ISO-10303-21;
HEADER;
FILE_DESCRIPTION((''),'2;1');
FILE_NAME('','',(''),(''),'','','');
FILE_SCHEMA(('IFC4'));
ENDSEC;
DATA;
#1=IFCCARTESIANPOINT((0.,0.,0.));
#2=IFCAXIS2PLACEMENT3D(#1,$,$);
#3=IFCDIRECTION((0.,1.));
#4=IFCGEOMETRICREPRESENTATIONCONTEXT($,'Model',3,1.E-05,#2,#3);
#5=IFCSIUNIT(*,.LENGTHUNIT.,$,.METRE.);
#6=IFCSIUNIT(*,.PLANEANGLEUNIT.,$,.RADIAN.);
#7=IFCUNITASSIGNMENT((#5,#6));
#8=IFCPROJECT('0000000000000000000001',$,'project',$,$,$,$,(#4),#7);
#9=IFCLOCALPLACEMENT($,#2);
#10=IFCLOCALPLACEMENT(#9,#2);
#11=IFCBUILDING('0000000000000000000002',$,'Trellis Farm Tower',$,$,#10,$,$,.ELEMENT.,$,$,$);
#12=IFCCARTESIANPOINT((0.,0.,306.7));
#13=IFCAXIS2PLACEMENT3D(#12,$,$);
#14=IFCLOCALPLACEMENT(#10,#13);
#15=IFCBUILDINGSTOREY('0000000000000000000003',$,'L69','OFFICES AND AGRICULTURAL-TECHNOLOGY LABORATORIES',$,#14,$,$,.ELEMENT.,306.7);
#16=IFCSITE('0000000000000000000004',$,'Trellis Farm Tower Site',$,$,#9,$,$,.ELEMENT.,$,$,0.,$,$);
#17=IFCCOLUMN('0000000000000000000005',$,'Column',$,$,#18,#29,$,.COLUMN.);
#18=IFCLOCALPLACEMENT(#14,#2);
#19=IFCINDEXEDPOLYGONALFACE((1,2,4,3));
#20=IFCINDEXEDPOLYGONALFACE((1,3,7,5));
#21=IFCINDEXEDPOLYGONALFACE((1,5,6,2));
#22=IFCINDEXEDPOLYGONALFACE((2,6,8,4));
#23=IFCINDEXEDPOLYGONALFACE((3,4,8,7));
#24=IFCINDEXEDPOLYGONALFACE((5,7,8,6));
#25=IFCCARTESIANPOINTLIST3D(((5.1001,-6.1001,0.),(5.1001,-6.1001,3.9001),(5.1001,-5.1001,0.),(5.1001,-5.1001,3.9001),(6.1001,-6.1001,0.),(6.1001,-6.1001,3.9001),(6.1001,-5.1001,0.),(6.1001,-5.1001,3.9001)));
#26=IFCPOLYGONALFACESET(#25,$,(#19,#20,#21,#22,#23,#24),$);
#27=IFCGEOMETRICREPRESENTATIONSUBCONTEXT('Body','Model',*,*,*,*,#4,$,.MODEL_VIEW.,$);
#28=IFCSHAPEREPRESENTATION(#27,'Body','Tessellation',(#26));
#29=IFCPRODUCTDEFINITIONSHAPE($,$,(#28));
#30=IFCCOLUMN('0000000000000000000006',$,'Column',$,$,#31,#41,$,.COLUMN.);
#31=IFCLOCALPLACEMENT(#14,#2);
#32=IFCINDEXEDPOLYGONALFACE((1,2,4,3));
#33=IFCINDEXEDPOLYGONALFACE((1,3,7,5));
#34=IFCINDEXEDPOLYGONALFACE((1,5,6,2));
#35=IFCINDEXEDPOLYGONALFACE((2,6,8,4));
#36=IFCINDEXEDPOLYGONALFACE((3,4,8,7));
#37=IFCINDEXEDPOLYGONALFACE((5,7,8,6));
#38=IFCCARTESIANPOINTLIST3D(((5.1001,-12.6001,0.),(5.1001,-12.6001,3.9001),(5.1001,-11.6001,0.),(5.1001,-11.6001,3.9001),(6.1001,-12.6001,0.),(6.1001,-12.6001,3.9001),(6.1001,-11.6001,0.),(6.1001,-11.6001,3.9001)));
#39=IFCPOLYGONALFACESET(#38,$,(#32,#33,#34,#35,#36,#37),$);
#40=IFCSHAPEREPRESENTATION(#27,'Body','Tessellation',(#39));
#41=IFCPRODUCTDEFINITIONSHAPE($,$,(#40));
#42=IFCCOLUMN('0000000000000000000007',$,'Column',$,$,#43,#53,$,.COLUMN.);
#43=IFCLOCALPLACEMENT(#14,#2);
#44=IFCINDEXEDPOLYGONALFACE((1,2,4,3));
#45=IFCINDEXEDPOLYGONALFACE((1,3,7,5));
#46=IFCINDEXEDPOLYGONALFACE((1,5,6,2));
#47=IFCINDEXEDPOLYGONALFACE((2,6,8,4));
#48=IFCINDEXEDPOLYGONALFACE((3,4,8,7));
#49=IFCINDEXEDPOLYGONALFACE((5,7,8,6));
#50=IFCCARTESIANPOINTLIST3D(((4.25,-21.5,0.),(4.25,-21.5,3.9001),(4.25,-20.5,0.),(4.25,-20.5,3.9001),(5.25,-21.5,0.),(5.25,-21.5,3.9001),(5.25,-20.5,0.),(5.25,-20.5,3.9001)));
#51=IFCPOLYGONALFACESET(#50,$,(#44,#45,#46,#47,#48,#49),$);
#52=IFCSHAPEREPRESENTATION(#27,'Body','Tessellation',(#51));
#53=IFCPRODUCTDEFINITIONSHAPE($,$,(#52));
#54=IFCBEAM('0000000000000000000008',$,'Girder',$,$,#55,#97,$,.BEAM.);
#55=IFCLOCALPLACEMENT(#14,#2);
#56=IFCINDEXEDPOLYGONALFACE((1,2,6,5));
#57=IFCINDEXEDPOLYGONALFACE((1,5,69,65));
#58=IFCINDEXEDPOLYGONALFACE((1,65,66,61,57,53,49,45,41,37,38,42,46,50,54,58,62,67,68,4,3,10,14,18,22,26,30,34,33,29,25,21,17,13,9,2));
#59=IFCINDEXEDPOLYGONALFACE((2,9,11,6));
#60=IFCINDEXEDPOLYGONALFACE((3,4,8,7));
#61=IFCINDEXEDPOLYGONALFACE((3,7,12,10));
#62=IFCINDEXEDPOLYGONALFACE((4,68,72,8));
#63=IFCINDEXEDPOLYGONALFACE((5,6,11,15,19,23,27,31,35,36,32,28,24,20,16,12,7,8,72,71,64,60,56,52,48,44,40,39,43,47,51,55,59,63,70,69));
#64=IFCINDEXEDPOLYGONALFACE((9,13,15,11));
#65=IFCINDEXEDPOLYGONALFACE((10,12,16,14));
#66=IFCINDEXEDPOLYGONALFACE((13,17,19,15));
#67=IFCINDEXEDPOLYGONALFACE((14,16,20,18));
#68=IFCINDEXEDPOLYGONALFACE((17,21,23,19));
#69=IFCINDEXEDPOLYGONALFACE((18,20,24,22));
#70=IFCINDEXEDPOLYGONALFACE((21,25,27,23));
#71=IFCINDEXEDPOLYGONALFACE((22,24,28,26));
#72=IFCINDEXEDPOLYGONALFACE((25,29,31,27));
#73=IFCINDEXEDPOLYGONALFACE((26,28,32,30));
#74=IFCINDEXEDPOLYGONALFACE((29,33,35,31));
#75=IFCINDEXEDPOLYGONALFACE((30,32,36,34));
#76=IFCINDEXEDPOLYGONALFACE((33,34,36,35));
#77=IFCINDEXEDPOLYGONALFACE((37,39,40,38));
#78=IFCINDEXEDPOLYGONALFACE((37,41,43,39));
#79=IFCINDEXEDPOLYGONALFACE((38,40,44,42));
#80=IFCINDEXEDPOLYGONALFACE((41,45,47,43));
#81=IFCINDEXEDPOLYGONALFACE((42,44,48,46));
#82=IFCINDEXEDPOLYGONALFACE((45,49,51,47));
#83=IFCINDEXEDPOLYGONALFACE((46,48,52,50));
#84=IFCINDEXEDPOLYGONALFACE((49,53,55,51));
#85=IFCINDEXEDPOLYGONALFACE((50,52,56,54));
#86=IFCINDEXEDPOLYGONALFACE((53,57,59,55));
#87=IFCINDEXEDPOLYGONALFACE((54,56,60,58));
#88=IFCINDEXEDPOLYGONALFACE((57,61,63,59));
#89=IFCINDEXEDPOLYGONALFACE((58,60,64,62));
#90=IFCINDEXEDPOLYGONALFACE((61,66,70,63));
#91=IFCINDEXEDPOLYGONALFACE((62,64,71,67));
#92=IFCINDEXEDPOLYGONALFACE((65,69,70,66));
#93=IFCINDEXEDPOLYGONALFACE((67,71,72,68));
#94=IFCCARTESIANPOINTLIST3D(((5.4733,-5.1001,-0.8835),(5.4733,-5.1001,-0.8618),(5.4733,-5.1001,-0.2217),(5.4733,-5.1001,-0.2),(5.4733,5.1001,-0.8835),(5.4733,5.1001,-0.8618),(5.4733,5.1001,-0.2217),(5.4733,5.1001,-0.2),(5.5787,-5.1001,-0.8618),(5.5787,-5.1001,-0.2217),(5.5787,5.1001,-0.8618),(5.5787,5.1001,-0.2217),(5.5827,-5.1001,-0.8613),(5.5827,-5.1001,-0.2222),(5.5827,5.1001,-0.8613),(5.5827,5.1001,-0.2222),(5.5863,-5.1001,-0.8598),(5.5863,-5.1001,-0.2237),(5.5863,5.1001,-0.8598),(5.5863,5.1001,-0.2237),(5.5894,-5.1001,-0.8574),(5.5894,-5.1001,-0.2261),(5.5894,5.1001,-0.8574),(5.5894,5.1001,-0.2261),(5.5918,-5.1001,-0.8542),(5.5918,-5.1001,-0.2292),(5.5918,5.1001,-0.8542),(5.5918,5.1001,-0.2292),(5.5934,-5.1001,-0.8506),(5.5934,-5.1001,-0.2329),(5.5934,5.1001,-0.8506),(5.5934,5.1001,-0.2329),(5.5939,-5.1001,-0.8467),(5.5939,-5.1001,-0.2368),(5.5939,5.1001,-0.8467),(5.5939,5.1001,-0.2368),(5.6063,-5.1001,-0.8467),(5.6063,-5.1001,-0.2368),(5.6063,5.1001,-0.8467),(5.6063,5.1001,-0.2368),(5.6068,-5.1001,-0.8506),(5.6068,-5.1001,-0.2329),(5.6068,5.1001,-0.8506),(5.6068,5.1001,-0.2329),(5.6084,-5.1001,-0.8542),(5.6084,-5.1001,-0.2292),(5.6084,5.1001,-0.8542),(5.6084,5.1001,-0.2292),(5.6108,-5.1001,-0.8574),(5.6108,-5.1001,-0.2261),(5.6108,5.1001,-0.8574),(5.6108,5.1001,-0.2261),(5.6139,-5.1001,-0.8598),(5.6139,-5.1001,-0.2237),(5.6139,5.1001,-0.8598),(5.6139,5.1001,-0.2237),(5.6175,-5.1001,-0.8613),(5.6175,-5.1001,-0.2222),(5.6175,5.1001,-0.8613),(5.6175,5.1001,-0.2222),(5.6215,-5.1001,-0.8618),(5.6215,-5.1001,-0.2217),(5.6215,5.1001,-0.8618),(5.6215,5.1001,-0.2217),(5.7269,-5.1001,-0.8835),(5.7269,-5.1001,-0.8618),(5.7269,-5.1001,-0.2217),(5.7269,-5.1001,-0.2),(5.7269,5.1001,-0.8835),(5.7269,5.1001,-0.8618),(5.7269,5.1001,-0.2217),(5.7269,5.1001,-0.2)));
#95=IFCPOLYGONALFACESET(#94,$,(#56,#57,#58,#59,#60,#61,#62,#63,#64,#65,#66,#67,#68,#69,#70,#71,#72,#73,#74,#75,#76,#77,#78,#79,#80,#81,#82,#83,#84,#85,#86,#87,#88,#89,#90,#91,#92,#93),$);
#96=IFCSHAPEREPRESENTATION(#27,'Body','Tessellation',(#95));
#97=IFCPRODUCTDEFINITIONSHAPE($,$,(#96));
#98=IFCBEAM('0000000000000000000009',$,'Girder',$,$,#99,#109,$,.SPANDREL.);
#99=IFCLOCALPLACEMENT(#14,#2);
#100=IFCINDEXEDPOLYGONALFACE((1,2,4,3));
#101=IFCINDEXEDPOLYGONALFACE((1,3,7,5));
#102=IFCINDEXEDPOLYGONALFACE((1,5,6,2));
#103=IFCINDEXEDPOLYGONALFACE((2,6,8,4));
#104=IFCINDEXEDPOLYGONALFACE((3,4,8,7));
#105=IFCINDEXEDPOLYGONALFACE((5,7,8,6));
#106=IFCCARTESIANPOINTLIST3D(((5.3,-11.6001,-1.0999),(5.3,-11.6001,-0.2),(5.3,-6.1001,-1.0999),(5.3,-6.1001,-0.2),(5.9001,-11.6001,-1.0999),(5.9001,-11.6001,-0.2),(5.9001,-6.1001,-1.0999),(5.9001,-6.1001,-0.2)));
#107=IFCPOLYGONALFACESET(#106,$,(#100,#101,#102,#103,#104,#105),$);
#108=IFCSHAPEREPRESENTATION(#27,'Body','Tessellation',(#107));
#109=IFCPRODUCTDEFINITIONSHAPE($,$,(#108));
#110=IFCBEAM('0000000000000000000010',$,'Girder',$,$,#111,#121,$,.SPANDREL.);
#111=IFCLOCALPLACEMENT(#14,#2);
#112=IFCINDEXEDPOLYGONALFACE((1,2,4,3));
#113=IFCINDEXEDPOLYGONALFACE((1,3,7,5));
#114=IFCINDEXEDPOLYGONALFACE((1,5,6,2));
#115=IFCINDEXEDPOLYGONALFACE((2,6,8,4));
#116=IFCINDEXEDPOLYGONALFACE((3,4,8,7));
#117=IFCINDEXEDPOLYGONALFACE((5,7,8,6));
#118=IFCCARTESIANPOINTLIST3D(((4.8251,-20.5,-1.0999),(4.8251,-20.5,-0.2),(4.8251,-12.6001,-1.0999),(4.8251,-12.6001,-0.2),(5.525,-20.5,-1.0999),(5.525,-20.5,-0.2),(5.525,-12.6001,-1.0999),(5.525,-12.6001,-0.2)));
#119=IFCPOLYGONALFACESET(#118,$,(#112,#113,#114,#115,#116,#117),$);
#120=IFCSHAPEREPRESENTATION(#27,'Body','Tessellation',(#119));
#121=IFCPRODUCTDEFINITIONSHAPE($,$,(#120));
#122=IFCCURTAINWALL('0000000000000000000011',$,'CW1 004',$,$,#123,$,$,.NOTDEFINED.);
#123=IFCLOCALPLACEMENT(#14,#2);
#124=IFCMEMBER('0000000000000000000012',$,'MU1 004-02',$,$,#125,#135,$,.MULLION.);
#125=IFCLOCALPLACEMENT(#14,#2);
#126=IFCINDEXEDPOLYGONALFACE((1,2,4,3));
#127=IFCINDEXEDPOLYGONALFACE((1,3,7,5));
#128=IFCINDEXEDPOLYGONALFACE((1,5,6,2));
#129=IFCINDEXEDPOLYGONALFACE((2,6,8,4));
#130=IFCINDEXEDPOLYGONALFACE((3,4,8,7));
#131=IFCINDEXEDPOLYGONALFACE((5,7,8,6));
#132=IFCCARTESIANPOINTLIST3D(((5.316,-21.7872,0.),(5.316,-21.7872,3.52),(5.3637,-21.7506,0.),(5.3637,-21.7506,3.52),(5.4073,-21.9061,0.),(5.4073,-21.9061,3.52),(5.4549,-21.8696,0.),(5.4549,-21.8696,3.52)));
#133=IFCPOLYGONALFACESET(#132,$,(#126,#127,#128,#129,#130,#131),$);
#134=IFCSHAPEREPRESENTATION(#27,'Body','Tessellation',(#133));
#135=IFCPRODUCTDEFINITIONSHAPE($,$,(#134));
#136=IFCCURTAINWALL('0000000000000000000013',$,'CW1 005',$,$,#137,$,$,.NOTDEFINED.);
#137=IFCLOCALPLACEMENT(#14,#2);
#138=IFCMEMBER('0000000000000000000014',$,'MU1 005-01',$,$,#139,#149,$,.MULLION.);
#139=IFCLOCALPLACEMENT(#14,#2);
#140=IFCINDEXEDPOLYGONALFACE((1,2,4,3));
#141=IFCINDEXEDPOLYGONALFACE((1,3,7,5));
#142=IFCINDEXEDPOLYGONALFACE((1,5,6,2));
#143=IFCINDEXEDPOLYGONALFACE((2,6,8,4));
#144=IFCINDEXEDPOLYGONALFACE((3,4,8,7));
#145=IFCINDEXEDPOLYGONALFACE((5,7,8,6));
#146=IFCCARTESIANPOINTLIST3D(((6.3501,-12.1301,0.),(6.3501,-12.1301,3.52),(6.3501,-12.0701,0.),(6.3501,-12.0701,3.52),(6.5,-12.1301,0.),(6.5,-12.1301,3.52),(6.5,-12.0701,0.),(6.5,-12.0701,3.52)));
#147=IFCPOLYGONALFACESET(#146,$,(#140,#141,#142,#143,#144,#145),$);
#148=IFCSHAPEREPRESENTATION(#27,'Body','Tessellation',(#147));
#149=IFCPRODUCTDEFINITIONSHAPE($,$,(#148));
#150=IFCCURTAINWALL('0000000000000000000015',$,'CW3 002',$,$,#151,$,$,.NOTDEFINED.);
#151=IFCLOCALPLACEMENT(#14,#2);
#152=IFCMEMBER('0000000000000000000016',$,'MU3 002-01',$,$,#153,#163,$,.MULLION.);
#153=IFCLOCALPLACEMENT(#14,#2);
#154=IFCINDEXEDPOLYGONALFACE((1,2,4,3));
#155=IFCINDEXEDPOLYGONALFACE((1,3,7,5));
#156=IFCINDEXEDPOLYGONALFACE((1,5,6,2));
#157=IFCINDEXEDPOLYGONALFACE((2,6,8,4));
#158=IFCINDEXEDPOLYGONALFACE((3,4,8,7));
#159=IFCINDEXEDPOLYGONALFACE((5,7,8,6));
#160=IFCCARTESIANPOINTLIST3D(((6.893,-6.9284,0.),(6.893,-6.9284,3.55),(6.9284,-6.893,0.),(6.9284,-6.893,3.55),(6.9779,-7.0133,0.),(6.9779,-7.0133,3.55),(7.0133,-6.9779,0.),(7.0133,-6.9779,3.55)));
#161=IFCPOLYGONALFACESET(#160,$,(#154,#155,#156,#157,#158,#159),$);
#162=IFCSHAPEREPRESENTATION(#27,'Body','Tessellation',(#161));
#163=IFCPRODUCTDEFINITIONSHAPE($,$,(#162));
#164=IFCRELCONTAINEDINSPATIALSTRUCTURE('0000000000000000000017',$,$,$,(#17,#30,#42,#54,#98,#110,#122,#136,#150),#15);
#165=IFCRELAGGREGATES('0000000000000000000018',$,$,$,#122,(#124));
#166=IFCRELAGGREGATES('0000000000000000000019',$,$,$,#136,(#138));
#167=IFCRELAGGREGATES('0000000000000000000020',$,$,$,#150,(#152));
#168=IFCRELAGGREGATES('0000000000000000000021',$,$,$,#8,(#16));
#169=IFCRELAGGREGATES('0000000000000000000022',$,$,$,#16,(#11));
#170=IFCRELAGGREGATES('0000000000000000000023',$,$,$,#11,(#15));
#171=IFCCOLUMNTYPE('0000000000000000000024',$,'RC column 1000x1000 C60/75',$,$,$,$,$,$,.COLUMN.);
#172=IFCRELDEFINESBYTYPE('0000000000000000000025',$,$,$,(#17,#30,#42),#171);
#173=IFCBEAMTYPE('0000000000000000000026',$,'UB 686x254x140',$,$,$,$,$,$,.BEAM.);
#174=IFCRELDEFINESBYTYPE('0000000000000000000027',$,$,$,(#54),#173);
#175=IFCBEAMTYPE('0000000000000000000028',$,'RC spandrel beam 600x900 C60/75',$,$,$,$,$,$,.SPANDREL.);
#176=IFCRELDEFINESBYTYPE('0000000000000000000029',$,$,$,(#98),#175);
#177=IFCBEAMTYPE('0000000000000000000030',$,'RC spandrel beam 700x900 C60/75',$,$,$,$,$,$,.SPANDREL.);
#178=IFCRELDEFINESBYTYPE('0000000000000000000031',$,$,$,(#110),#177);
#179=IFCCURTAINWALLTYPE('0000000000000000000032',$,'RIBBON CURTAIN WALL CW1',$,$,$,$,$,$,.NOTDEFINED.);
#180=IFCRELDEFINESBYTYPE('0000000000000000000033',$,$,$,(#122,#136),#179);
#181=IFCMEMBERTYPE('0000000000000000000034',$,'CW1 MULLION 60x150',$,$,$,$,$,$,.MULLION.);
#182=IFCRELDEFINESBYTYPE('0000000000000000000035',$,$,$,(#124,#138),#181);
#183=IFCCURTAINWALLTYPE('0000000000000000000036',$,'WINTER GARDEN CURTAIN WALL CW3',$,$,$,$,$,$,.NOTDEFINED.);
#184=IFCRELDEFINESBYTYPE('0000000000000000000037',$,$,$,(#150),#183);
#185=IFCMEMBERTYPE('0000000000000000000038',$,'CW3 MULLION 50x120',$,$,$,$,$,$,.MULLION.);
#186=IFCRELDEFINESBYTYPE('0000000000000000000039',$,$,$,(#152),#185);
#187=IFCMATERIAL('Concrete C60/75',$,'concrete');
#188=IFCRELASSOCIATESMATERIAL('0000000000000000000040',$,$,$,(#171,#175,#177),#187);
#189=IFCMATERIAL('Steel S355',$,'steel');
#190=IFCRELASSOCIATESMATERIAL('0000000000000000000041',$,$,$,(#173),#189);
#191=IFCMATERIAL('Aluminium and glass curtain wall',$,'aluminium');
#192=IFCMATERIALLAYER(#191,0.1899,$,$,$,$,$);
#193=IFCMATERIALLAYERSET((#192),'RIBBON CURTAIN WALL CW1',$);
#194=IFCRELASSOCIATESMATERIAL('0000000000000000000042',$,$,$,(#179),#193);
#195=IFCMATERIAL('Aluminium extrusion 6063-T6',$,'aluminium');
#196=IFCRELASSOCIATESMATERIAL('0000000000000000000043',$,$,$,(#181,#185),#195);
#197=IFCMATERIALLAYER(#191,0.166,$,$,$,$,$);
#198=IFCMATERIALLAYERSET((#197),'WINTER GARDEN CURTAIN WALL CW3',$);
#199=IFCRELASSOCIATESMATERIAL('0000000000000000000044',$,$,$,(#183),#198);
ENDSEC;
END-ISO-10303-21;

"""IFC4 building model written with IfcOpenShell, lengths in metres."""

from ifc_helpers import new_model, si_unit, direction, frame, origin, origin_2d, place, context, subcontext, project, spatial, rectangle, i_section, extrude, source, transform, mapped, material, layer, layer_set, material_profile, profile_set, type_object, element, aggregate, save


model = new_model("IFC4")

# Units and contexts
model_context = context("Model", 3, precision=1e-05, world=origin(), true_north=direction((0.0, 1.0)))
body_context = subcontext(model_context, "Body", "Model", "MODEL_VIEW")
ifc_project = project(units=[si_unit("LENGTHUNIT", "METRE"), si_unit("PLANEANGLEUNIT", "RADIAN")], contexts=[model_context])

# Site, building, storey
site_placement = place(None, origin())
site = spatial("IfcSite", under=ifc_project, at=site_placement, Name="Trellis Farm Tower Site", CompositionType="ELEMENT", RefElevation=0.0)
building_placement = place(site_placement, origin())
building = spatial("IfcBuilding", under=site, at=building_placement, Name="Trellis Farm Tower", CompositionType="ELEMENT")
storey_placement = place(building_placement, frame((0.0, 0.0, 306.7)))
storey = spatial("IfcBuildingStorey", under=building, at=storey_placement, Name="L69", Description="OFFICES AND AGRICULTURAL-TECHNOLOGY LABORATORIES", CompositionType="ELEMENT", Elevation=306.7)

# Columns
ifc_material_1 = material(Name="Concrete C60/75", Category="concrete")
ifc_material_profile_1 = material_profile(ifc_material_1, rectangle(XDim=1.0, YDim=1.0, at=origin_2d()), Name="RC column 1000x1000 C60/75")
ifc_profile_set_1 = profile_set([ifc_material_profile_1], Name="Concrete C60/75")
column_type = type_object("IfcColumnType", Name="RC column 1000x1000 C60/75", PredefinedType="COLUMN", material=ifc_profile_set_1)
shared_shape_1 = source(origin(), body_context, "Body", "SweptSolid", [
    extrude(rectangle(XDim=1.0, YDim=1.0, at=origin_2d()), origin(), (0.0, 0.0, 1.0), 3.9001),
])
for number, where, z_axis, x_axis, name in (
    (1, (5.6001, -5.6001, 0.0), (0.0, 0.0, 1.0), (1.0, 0.0, 0.0), "Column"),
    (2, (5.6001, -12.1001, 0.0), (0.0, 0.0, 1.0), (1.0, 0.0, 0.0), "Column"),
    (3, (4.75, -21.0, 0.0), (0.0, 0.0, 1.0), (1.0, 0.0, 0.0), "Column"),
):
    element("IfcColumn", number, at=place(storey_placement, frame(where, z_axis=z_axis, x_axis=x_axis)), inside=storey, type_object=column_type, Name=name, PredefinedType="COLUMN", context=body_context, shape_type="MappedRepresentation", body=[
        mapped(shared_shape_1, transform((0.0, 0.0, 0.0))),
    ])

# Beams
ifc_material_2 = material(Name="Steel S355", Category="steel")
ifc_material_profile_2 = material_profile(ifc_material_2, i_section(OverallWidth=0.2537, OverallDepth=0.6836, WebThickness=0.0125, FlangeThickness=0.0217, FilletRadius=0.0151, at=origin_2d()), Name="UB 686x254x140")
ifc_profile_set_2 = profile_set([ifc_material_profile_2], Name="Steel S355")
beam_type_1 = type_object("IfcBeamType", Name="UB 686x254x140", PredefinedType="BEAM", material=ifc_profile_set_2)
shared_shape_2 = source(origin(), body_context, "Body", "SweptSolid", [
    extrude(i_section(OverallWidth=0.2537, OverallDepth=0.6836, WebThickness=0.0125, FlangeThickness=0.0217, FilletRadius=0.0151, at=origin_2d()), origin(), (0.0, 0.0, 1.0), 10.2002),
])
beam_1_placement = place(storey_placement, frame((5.6001, -5.1001, -0.5417), z_axis=(0.0, 1.0, 0.0), x_axis=(-1.0, 0.0, 0.0)))
element("IfcBeam", 4, at=beam_1_placement, inside=storey, type_object=beam_type_1, Name="Girder", PredefinedType="BEAM", context=body_context, shape_type="MappedRepresentation", body=[
    mapped(shared_shape_2, transform((0.0, 0.0, 0.0))),
])
ifc_material_profile_3 = material_profile(ifc_material_1, rectangle(XDim=0.6001, YDim=0.8999, at=origin_2d()), Name="RC spandrel beam 600x900 C60/75")
ifc_profile_set_3 = profile_set([ifc_material_profile_3], Name="Concrete C60/75")
beam_type_2 = type_object("IfcBeamType", Name="RC spandrel beam 600x900 C60/75", PredefinedType="SPANDREL", material=ifc_profile_set_3)
shared_shape_3 = source(origin(), body_context, "Body", "SweptSolid", [
    extrude(rectangle(XDim=0.6001, YDim=0.8999, at=origin_2d()), origin(), (0.0, 0.0, 1.0), 5.5),
])
beam_2_placement = place(storey_placement, frame((5.6001, -11.6001, -0.6499), z_axis=(0.0, 1.0, 0.0), x_axis=(-1.0, 0.0, 0.0)))
element("IfcBeam", 5, at=beam_2_placement, inside=storey, type_object=beam_type_2, Name="Girder", PredefinedType="SPANDREL", context=body_context, shape_type="MappedRepresentation", body=[
    mapped(shared_shape_3, transform((0.0, 0.0, 0.0))),
])
ifc_material_profile_4 = material_profile(ifc_material_1, rectangle(XDim=0.7, YDim=0.8999, at=origin_2d()), Name="RC spandrel beam 700x900 C60/75")
ifc_profile_set_4 = profile_set([ifc_material_profile_4], Name="Concrete C60/75")
beam_type_3 = type_object("IfcBeamType", Name="RC spandrel beam 700x900 C60/75", PredefinedType="SPANDREL", material=ifc_profile_set_4)
shared_shape_4 = source(origin(), body_context, "Body", "SweptSolid", [
    extrude(rectangle(XDim=0.7, YDim=0.8999, at=origin_2d()), origin(), (0.0, 0.0, 1.0), 7.8999),
])
beam_3_placement = place(storey_placement, frame((5.175, -20.5, -0.6499), z_axis=(0.0, 1.0, 0.0), x_axis=(-1.0, 0.0, 0.0)))
element("IfcBeam", 6, at=beam_3_placement, inside=storey, type_object=beam_type_3, Name="Girder", PredefinedType="SPANDREL", context=body_context, shape_type="MappedRepresentation", body=[
    mapped(shared_shape_4, transform((0.0, 0.0, 0.0))),
])

# Curtain walls, members
ifc_material_3 = material(Name="Aluminium and glass curtain wall", Category="aluminium")
ifc_layer_1 = layer(ifc_material_3, 0.1899)
ifc_layer_set_1 = layer_set([ifc_layer_1], Name="RIBBON CURTAIN WALL CW1")
curtain_wall_type_1 = type_object("IfcCurtainWallType", Name="RIBBON CURTAIN WALL CW1", PredefinedType="NOTDEFINED", material=ifc_layer_set_1)
placement = place(storey_placement, origin())
curtain_wall_1 = element("IfcCurtainWall", 7, at=placement, inside=storey, type_object=curtain_wall_type_1, Name="CW1 004", PredefinedType="NOTDEFINED")
ifc_material_4 = material(Name="Aluminium extrusion 6063-T6", Category="aluminium")
ifc_material_profile_5 = material_profile(ifc_material_4, rectangle(XDim=0.0601, YDim=0.1499, at=origin_2d()), Name="MULLION 60x150")
ifc_profile_set_5 = profile_set([ifc_material_profile_5], Name="Aluminium extrusion 6063-T6")
member_type_1 = type_object("IfcMemberType", Name="CW1 MULLION 60x150", PredefinedType="MULLION", material=ifc_profile_set_5)
shared_shape_5 = source(origin(), body_context, "Body", "SweptSolid", [
    extrude(rectangle(XDim=0.0601, YDim=0.1499, at=origin_2d()), origin(), (0.0, 0.0, 1.0), 3.52),
])
member_1_placement = place(storey_placement, frame((5.3855, -21.8284, 0.0), z_axis=(0.0, 0.0, 1.0), x_axis=(0.793353, 0.608761, 0.0)))
member_1 = element("IfcMember", 8, at=member_1_placement, type_object=member_type_1, Name="MU1 004-02", PredefinedType="MULLION", context=body_context, shape_type="MappedRepresentation", body=[
    mapped(shared_shape_5, transform((0.0, 0.0, 0.0))),
])
aggregate(curtain_wall_1, [member_1])
curtain_wall_2 = element("IfcCurtainWall", 9, at=placement, inside=storey, type_object=curtain_wall_type_1, Name="CW1 005", PredefinedType="NOTDEFINED")
member_2_placement = place(storey_placement, frame((6.425, -12.1001, 0.0), z_axis=(0.0, 0.0, 1.0), x_axis=(0.0, 1.0, 0.0)))
member_2 = element("IfcMember", 10, at=member_2_placement, type_object=member_type_1, Name="MU1 005-01", PredefinedType="MULLION", context=body_context, shape_type="MappedRepresentation", body=[
    mapped(shared_shape_5, transform((0.0, 0.0, 0.0))),
])
aggregate(curtain_wall_2, [member_2])
ifc_layer_2 = layer(ifc_material_3, 0.166)
ifc_layer_set_2 = layer_set([ifc_layer_2], Name="WINTER GARDEN CURTAIN WALL CW3")
curtain_wall_type_2 = type_object("IfcCurtainWallType", Name="WINTER GARDEN CURTAIN WALL CW3", PredefinedType="NOTDEFINED", material=ifc_layer_set_2)
curtain_wall_3 = element("IfcCurtainWall", 11, at=placement, inside=storey, type_object=curtain_wall_type_2, Name="CW3 002", PredefinedType="NOTDEFINED")
ifc_material_profile_6 = material_profile(ifc_material_4, rectangle(XDim=0.05, YDim=0.1201, at=origin_2d()), Name="MULLION 50x120")
ifc_profile_set_6 = profile_set([ifc_material_profile_6], Name="Aluminium extrusion 6063-T6")
member_type_2 = type_object("IfcMemberType", Name="CW3 MULLION 50x120", PredefinedType="MULLION", material=ifc_profile_set_6)
shared_shape_6 = source(origin(), body_context, "Body", "SweptSolid", [
    extrude(rectangle(XDim=0.05, YDim=0.1201, at=origin_2d()), origin(), (0.0, 0.0, 1.0), 3.55),
])
member_3_placement = place(storey_placement, frame((6.9531, -6.9531, 0.0), z_axis=(0.0, 0.0, 1.0), x_axis=(0.707107, 0.707107, 0.0)))
member_3 = element("IfcMember", 12, at=member_3_placement, type_object=member_type_2, Name="MU3 002-01", PredefinedType="MULLION", context=body_context, shape_type="MappedRepresentation", body=[
    mapped(shared_shape_6, transform((0.0, 0.0, 0.0))),
])
aggregate(curtain_wall_3, [member_3])

save(model, "model.ifc")
